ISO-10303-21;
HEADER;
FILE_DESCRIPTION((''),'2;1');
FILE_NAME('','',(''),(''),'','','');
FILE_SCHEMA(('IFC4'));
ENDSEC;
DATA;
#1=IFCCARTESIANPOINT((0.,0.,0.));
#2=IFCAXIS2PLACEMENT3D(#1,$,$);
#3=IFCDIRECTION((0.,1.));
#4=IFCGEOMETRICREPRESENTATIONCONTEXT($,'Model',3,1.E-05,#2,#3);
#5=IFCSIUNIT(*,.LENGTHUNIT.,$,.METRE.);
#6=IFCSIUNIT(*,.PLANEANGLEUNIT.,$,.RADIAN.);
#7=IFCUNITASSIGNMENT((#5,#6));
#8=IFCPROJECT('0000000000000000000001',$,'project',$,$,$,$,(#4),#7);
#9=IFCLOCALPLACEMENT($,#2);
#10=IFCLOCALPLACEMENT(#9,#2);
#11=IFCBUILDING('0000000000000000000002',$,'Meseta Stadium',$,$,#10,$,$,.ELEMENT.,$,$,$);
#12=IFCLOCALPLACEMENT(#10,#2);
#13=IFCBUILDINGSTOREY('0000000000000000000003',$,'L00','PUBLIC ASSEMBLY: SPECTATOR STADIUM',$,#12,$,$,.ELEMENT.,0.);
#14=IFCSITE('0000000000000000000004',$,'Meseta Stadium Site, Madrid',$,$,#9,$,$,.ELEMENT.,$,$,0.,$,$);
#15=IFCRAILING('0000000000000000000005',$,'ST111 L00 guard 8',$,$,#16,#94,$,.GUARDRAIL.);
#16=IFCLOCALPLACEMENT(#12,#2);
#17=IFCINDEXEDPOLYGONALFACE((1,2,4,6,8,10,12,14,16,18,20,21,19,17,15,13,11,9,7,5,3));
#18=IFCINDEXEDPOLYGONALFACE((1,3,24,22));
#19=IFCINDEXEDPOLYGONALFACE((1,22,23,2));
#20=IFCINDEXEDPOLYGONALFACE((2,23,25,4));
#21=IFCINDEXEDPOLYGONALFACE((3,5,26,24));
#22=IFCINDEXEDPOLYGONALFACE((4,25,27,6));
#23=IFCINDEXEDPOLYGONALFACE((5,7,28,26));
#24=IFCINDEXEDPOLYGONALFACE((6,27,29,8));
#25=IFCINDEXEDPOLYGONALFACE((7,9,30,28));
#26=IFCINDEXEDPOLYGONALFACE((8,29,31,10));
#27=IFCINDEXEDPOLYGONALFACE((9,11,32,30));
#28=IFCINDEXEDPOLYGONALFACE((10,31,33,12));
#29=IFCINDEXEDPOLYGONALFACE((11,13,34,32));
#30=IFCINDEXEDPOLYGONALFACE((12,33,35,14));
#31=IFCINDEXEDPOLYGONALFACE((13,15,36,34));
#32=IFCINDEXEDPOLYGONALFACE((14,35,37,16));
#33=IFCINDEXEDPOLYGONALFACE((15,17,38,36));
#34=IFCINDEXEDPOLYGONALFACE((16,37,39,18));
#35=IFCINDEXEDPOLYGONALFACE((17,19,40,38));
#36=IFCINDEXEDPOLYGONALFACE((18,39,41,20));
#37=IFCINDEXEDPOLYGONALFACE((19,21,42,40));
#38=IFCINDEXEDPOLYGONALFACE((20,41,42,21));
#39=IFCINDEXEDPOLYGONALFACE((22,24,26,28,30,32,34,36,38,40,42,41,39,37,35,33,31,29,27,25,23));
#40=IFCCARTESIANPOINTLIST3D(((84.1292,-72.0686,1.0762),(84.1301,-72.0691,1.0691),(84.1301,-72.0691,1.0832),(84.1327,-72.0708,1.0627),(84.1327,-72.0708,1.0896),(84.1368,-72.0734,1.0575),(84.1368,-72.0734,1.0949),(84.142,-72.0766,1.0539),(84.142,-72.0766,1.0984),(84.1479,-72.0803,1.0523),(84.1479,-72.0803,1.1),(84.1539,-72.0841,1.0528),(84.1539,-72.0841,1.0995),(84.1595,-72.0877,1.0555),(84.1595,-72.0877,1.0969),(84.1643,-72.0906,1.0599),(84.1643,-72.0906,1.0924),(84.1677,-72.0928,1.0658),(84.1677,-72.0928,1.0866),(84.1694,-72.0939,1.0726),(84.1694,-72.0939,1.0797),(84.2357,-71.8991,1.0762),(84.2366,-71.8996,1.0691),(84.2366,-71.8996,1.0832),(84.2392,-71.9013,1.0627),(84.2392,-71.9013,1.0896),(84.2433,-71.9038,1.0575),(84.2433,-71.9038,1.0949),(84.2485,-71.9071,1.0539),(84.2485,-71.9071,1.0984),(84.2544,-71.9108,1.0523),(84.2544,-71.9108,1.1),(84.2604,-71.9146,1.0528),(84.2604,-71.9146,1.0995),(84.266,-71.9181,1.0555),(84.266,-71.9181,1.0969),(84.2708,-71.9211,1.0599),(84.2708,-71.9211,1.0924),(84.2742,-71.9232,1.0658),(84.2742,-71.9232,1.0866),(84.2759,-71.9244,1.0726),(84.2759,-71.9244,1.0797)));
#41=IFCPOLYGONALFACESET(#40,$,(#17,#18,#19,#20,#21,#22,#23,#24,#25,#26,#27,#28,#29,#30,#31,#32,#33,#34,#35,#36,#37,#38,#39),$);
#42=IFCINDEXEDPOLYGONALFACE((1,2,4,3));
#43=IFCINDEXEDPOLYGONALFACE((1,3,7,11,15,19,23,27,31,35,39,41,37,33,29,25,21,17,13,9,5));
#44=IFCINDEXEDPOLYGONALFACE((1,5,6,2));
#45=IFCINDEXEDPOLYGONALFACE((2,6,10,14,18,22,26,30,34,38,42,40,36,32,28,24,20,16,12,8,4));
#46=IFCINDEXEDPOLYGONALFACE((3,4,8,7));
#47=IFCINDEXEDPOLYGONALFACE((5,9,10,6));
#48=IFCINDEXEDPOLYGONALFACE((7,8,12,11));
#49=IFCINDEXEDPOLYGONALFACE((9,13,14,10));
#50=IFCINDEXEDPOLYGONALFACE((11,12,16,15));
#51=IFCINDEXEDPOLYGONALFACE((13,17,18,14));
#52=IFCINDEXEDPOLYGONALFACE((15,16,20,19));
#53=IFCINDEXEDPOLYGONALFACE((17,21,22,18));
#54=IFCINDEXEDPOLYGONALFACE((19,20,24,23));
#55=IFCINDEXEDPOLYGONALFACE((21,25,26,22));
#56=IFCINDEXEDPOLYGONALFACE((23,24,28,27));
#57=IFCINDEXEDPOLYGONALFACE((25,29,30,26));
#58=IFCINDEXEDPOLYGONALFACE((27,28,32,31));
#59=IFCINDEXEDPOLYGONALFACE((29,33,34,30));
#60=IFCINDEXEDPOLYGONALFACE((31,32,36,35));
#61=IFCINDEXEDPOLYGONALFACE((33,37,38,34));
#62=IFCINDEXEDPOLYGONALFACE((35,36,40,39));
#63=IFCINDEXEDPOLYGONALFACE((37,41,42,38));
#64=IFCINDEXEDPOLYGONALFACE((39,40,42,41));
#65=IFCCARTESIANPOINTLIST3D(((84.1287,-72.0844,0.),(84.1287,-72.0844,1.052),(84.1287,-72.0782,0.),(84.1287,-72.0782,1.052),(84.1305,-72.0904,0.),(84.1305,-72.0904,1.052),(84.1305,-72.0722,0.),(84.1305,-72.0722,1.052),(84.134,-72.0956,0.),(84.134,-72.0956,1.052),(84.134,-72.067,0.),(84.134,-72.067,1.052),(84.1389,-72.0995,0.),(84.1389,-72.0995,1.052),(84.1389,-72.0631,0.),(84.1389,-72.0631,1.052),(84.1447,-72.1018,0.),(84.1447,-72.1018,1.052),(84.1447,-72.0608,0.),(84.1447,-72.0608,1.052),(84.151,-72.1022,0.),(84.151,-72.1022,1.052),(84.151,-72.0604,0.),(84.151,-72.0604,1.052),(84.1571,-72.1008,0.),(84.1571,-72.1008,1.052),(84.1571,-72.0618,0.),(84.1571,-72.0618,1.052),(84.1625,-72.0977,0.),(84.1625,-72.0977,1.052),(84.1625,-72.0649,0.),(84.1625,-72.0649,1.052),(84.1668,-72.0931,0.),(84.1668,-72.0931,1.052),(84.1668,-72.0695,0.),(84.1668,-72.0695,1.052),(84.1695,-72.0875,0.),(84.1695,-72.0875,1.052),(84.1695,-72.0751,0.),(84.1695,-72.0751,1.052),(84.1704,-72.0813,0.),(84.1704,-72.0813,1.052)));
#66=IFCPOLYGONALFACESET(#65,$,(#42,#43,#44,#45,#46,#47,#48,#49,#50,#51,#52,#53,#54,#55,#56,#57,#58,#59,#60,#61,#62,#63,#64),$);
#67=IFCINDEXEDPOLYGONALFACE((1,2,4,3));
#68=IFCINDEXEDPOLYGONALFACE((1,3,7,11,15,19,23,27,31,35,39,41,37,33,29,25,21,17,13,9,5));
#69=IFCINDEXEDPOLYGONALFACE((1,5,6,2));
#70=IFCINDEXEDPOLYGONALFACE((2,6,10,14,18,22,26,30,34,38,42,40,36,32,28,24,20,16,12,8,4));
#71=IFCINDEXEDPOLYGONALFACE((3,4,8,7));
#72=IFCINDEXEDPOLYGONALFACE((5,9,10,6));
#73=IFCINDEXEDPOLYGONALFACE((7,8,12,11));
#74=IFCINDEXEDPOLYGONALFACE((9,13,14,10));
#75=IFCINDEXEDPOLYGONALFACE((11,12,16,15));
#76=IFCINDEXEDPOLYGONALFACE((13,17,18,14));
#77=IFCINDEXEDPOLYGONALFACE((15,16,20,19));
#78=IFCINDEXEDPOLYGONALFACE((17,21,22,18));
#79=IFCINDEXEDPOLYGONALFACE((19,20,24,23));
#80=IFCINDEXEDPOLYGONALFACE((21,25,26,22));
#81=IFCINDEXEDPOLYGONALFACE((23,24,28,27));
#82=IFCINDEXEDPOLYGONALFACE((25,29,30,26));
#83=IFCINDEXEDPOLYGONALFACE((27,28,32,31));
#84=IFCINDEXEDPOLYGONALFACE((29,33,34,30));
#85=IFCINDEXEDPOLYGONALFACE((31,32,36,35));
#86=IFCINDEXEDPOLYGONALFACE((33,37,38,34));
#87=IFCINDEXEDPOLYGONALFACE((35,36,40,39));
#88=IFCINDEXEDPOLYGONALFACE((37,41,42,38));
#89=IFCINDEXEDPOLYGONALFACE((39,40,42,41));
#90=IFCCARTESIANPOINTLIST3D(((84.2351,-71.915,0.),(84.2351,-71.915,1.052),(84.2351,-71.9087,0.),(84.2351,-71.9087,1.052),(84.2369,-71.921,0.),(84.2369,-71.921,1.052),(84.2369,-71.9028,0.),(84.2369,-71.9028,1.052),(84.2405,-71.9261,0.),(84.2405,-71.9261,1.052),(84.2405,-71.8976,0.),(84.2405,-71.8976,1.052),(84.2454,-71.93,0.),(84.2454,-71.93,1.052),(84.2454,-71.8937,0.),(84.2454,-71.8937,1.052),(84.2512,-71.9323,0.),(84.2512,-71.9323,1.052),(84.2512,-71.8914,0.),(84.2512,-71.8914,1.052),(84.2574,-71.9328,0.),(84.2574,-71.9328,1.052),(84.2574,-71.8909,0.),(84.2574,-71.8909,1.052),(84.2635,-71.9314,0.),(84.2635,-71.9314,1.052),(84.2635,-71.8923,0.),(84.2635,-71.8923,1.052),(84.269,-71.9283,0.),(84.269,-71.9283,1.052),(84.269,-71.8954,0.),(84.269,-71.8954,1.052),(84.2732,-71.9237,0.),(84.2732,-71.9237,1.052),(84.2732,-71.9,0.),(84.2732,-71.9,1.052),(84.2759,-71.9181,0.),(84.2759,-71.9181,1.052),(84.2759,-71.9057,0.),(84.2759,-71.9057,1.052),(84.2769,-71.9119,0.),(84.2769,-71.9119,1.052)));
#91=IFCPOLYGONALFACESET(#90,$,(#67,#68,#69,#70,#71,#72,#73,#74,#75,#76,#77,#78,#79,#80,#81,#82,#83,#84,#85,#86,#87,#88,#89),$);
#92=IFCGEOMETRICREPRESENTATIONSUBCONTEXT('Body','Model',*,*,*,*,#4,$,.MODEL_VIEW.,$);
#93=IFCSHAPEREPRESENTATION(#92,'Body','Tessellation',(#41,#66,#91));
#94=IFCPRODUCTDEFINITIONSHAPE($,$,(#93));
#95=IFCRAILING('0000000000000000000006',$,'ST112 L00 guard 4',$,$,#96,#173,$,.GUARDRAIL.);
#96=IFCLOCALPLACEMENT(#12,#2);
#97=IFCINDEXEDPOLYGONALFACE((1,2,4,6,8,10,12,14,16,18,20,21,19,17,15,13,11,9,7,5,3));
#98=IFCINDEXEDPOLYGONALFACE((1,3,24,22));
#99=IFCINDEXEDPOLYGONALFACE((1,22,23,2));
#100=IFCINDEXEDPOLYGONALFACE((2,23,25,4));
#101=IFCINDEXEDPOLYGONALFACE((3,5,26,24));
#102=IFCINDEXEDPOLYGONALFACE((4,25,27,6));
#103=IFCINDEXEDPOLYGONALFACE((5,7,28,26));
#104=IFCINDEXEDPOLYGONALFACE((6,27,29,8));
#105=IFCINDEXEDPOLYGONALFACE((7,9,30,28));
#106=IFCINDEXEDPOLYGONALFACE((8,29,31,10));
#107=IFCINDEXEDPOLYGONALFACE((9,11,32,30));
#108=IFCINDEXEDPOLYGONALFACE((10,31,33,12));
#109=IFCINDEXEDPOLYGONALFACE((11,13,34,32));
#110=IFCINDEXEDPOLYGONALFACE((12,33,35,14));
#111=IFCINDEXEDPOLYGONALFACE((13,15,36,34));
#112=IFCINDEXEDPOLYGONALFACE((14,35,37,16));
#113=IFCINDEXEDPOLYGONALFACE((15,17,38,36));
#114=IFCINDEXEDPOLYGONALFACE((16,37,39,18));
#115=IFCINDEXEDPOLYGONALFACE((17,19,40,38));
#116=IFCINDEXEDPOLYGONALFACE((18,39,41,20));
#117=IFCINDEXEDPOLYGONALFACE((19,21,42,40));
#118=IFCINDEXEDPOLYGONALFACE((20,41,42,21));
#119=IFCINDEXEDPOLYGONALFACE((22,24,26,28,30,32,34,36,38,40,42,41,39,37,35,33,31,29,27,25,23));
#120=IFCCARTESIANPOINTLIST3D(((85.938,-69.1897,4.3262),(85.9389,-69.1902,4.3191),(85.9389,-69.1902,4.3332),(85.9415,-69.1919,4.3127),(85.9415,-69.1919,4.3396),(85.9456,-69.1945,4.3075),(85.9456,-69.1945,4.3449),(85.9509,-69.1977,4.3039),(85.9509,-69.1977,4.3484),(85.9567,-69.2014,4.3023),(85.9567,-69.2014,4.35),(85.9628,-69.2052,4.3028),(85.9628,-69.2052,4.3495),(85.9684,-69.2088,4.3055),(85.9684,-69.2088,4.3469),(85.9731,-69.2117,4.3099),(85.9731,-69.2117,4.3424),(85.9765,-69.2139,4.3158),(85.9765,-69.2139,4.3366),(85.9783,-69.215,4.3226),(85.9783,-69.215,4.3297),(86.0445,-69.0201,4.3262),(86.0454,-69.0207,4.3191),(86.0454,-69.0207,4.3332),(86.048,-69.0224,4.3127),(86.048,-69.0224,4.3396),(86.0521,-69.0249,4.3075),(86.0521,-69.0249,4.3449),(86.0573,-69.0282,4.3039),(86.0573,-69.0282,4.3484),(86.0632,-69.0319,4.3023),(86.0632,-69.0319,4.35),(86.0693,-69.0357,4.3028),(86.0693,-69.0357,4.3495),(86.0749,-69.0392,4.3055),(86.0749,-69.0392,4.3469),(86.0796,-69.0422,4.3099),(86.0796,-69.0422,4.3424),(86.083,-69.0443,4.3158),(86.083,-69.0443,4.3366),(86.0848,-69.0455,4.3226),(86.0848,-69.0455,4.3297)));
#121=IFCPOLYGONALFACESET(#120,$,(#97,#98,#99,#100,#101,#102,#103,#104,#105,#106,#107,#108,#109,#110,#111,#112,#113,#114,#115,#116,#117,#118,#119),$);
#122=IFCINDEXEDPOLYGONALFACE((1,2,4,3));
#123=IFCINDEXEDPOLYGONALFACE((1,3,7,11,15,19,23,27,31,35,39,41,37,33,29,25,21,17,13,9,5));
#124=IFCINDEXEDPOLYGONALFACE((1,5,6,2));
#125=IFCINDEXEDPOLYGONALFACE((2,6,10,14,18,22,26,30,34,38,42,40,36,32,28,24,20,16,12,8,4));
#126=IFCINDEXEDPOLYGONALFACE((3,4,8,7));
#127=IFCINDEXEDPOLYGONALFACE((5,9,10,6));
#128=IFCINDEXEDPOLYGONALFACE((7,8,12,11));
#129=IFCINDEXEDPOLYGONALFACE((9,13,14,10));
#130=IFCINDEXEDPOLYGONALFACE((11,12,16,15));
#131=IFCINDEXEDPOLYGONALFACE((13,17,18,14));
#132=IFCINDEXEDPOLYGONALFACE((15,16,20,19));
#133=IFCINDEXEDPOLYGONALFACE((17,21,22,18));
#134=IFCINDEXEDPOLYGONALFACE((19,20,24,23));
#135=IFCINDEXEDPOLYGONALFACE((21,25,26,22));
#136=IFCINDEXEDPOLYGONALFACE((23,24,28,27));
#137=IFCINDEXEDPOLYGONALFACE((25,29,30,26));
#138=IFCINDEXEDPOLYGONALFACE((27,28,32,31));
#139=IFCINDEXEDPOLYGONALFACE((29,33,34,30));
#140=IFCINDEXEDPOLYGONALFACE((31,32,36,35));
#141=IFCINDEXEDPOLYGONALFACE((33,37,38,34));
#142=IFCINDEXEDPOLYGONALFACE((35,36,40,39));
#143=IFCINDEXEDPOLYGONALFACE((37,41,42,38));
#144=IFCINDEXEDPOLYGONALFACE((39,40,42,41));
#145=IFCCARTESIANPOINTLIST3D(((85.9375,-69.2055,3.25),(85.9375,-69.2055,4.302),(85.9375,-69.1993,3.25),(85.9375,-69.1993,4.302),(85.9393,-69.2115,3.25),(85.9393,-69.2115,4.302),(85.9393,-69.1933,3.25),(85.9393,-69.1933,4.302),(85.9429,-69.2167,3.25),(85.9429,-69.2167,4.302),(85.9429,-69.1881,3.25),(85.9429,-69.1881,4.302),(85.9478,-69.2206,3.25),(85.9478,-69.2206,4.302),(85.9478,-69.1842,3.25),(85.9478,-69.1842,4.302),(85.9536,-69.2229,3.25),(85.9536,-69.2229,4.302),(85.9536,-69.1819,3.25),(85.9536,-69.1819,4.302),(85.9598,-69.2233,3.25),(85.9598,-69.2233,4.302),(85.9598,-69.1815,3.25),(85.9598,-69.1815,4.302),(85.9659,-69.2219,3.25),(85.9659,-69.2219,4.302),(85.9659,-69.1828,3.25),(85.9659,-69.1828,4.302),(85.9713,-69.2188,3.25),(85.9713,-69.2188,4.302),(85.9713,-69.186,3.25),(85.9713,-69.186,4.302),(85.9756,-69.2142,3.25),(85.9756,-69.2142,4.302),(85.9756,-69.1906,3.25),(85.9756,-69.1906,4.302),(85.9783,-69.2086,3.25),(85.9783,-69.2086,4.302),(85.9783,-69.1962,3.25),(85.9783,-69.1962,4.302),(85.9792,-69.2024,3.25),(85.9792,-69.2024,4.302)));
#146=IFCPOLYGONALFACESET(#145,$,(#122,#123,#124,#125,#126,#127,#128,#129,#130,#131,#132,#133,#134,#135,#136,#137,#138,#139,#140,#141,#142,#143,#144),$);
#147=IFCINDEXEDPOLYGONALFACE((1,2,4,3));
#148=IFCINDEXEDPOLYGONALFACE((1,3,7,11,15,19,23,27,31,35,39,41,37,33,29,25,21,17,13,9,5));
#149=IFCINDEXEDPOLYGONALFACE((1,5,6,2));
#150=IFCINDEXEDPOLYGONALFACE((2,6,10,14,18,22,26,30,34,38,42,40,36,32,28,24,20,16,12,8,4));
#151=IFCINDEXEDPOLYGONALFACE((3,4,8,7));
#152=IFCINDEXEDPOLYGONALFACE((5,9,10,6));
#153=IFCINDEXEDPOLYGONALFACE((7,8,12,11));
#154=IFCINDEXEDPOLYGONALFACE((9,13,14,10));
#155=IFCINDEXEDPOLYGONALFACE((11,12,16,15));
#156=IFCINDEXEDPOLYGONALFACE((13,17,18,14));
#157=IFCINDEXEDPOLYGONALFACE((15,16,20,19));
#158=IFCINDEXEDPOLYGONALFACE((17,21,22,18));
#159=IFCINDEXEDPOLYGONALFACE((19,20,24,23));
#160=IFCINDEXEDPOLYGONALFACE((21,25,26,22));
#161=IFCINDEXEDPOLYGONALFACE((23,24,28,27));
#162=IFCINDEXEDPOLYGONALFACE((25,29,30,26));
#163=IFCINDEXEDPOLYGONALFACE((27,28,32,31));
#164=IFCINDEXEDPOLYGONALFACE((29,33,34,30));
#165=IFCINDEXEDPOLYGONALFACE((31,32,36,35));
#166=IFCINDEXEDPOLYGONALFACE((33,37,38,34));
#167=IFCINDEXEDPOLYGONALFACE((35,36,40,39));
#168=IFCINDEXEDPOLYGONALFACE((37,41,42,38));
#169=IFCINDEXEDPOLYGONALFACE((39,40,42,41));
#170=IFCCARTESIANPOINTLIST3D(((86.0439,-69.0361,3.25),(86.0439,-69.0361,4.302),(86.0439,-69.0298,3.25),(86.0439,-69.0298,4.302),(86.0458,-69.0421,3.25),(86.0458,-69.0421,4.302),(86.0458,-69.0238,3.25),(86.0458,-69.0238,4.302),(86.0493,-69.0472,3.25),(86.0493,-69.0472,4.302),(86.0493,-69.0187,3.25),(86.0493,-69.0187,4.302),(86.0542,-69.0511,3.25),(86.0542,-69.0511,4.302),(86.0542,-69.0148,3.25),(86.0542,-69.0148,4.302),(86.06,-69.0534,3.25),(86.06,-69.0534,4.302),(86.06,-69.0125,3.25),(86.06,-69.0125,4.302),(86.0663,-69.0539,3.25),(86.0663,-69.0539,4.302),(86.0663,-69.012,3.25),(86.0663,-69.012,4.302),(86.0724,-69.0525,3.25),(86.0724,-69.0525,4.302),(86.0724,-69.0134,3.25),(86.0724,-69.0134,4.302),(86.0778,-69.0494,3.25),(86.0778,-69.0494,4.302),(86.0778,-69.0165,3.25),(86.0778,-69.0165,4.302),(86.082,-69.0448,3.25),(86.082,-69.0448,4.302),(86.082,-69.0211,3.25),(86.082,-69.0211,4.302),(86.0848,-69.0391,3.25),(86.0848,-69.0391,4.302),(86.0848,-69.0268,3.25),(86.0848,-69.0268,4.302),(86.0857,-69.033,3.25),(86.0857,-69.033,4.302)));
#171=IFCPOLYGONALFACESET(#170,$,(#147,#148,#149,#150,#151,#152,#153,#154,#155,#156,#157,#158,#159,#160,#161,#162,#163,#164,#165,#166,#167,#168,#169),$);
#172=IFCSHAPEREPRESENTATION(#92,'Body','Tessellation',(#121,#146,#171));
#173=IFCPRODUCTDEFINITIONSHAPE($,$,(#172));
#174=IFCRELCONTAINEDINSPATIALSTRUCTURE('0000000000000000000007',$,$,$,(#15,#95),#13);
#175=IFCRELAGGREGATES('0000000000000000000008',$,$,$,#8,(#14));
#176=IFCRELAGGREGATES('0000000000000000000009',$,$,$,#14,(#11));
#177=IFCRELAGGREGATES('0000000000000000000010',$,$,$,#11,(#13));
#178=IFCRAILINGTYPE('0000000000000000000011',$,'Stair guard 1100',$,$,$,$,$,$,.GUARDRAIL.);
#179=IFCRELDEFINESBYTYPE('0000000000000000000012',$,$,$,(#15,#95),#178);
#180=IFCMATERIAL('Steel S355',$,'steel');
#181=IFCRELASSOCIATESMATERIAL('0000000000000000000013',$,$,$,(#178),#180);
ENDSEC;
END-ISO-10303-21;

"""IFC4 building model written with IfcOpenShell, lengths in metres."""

from ifc_helpers import new_model, si_unit, direction, frame, origin, origin_2d, place, context, subcontext, project, spatial, circle, extrude, material, type_object, element, save


model = new_model("IFC4")

# Units and contexts
model_context = context("Model", 3, precision=1e-05, world=origin(), true_north=direction((0.0, 1.0)))
body_context = subcontext(model_context, "Body", "Model", "MODEL_VIEW")
ifc_project = project(units=[si_unit("LENGTHUNIT", "METRE"), si_unit("PLANEANGLEUNIT", "RADIAN")], contexts=[model_context])

# Site, building, storey
site_placement = place(None, origin())
site = spatial("IfcSite", under=ifc_project, at=site_placement, Name="Meseta Stadium Site, Madrid", CompositionType="ELEMENT", RefElevation=0.0)
building_placement = place(site_placement, origin())
building = spatial("IfcBuilding", under=site, at=building_placement, Name="Meseta Stadium", CompositionType="ELEMENT")
storey_placement = place(building_placement, origin())
storey = spatial("IfcBuildingStorey", under=building, at=storey_placement, Name="L00", Description="PUBLIC ASSEMBLY: SPECTATOR STADIUM", CompositionType="ELEMENT", Elevation=0.0)

# Railings
ifc_material_1 = material(Name="Steel S355", Category="steel")
railing_type_1 = type_object("IfcRailingType", Name="Stair guard 1100", PredefinedType="GUARDRAIL", material=ifc_material_1)
for number, where, name in (
    (1, (84.1494, -72.0813, 0.0), "ST111 L00 guard 8"),
    (2, (85.9583, -69.2024, 3.25), "ST112 L00 guard 4"),
):
    element("IfcRailing", number, at=place(storey_placement, frame(where)), inside=storey, type_object=railing_type_1, Name=name, PredefinedType="GUARDRAIL", context=body_context, shape_type="SweptSolid", body=[
        extrude(circle(Radius=0.0239, at=origin_2d()), frame((0.0, 0.0, 1.0762), z_axis=(0.531972, 0.846762, 0.0), x_axis=(-0.846762, 0.531972, 0.0)), (0.0, 0.0, 1.0), 0.2002),
        extrude(circle(Radius=0.021, at=origin_2d()), origin(), (0.0, 0.0, 1.0), 1.052),
        extrude(circle(Radius=0.021, at=origin_2d()), frame((0.1064, 0.1694, 0.0)), (0.0, 0.0, 1.0), 1.052),
    ])

save(model, "model.ifc")
